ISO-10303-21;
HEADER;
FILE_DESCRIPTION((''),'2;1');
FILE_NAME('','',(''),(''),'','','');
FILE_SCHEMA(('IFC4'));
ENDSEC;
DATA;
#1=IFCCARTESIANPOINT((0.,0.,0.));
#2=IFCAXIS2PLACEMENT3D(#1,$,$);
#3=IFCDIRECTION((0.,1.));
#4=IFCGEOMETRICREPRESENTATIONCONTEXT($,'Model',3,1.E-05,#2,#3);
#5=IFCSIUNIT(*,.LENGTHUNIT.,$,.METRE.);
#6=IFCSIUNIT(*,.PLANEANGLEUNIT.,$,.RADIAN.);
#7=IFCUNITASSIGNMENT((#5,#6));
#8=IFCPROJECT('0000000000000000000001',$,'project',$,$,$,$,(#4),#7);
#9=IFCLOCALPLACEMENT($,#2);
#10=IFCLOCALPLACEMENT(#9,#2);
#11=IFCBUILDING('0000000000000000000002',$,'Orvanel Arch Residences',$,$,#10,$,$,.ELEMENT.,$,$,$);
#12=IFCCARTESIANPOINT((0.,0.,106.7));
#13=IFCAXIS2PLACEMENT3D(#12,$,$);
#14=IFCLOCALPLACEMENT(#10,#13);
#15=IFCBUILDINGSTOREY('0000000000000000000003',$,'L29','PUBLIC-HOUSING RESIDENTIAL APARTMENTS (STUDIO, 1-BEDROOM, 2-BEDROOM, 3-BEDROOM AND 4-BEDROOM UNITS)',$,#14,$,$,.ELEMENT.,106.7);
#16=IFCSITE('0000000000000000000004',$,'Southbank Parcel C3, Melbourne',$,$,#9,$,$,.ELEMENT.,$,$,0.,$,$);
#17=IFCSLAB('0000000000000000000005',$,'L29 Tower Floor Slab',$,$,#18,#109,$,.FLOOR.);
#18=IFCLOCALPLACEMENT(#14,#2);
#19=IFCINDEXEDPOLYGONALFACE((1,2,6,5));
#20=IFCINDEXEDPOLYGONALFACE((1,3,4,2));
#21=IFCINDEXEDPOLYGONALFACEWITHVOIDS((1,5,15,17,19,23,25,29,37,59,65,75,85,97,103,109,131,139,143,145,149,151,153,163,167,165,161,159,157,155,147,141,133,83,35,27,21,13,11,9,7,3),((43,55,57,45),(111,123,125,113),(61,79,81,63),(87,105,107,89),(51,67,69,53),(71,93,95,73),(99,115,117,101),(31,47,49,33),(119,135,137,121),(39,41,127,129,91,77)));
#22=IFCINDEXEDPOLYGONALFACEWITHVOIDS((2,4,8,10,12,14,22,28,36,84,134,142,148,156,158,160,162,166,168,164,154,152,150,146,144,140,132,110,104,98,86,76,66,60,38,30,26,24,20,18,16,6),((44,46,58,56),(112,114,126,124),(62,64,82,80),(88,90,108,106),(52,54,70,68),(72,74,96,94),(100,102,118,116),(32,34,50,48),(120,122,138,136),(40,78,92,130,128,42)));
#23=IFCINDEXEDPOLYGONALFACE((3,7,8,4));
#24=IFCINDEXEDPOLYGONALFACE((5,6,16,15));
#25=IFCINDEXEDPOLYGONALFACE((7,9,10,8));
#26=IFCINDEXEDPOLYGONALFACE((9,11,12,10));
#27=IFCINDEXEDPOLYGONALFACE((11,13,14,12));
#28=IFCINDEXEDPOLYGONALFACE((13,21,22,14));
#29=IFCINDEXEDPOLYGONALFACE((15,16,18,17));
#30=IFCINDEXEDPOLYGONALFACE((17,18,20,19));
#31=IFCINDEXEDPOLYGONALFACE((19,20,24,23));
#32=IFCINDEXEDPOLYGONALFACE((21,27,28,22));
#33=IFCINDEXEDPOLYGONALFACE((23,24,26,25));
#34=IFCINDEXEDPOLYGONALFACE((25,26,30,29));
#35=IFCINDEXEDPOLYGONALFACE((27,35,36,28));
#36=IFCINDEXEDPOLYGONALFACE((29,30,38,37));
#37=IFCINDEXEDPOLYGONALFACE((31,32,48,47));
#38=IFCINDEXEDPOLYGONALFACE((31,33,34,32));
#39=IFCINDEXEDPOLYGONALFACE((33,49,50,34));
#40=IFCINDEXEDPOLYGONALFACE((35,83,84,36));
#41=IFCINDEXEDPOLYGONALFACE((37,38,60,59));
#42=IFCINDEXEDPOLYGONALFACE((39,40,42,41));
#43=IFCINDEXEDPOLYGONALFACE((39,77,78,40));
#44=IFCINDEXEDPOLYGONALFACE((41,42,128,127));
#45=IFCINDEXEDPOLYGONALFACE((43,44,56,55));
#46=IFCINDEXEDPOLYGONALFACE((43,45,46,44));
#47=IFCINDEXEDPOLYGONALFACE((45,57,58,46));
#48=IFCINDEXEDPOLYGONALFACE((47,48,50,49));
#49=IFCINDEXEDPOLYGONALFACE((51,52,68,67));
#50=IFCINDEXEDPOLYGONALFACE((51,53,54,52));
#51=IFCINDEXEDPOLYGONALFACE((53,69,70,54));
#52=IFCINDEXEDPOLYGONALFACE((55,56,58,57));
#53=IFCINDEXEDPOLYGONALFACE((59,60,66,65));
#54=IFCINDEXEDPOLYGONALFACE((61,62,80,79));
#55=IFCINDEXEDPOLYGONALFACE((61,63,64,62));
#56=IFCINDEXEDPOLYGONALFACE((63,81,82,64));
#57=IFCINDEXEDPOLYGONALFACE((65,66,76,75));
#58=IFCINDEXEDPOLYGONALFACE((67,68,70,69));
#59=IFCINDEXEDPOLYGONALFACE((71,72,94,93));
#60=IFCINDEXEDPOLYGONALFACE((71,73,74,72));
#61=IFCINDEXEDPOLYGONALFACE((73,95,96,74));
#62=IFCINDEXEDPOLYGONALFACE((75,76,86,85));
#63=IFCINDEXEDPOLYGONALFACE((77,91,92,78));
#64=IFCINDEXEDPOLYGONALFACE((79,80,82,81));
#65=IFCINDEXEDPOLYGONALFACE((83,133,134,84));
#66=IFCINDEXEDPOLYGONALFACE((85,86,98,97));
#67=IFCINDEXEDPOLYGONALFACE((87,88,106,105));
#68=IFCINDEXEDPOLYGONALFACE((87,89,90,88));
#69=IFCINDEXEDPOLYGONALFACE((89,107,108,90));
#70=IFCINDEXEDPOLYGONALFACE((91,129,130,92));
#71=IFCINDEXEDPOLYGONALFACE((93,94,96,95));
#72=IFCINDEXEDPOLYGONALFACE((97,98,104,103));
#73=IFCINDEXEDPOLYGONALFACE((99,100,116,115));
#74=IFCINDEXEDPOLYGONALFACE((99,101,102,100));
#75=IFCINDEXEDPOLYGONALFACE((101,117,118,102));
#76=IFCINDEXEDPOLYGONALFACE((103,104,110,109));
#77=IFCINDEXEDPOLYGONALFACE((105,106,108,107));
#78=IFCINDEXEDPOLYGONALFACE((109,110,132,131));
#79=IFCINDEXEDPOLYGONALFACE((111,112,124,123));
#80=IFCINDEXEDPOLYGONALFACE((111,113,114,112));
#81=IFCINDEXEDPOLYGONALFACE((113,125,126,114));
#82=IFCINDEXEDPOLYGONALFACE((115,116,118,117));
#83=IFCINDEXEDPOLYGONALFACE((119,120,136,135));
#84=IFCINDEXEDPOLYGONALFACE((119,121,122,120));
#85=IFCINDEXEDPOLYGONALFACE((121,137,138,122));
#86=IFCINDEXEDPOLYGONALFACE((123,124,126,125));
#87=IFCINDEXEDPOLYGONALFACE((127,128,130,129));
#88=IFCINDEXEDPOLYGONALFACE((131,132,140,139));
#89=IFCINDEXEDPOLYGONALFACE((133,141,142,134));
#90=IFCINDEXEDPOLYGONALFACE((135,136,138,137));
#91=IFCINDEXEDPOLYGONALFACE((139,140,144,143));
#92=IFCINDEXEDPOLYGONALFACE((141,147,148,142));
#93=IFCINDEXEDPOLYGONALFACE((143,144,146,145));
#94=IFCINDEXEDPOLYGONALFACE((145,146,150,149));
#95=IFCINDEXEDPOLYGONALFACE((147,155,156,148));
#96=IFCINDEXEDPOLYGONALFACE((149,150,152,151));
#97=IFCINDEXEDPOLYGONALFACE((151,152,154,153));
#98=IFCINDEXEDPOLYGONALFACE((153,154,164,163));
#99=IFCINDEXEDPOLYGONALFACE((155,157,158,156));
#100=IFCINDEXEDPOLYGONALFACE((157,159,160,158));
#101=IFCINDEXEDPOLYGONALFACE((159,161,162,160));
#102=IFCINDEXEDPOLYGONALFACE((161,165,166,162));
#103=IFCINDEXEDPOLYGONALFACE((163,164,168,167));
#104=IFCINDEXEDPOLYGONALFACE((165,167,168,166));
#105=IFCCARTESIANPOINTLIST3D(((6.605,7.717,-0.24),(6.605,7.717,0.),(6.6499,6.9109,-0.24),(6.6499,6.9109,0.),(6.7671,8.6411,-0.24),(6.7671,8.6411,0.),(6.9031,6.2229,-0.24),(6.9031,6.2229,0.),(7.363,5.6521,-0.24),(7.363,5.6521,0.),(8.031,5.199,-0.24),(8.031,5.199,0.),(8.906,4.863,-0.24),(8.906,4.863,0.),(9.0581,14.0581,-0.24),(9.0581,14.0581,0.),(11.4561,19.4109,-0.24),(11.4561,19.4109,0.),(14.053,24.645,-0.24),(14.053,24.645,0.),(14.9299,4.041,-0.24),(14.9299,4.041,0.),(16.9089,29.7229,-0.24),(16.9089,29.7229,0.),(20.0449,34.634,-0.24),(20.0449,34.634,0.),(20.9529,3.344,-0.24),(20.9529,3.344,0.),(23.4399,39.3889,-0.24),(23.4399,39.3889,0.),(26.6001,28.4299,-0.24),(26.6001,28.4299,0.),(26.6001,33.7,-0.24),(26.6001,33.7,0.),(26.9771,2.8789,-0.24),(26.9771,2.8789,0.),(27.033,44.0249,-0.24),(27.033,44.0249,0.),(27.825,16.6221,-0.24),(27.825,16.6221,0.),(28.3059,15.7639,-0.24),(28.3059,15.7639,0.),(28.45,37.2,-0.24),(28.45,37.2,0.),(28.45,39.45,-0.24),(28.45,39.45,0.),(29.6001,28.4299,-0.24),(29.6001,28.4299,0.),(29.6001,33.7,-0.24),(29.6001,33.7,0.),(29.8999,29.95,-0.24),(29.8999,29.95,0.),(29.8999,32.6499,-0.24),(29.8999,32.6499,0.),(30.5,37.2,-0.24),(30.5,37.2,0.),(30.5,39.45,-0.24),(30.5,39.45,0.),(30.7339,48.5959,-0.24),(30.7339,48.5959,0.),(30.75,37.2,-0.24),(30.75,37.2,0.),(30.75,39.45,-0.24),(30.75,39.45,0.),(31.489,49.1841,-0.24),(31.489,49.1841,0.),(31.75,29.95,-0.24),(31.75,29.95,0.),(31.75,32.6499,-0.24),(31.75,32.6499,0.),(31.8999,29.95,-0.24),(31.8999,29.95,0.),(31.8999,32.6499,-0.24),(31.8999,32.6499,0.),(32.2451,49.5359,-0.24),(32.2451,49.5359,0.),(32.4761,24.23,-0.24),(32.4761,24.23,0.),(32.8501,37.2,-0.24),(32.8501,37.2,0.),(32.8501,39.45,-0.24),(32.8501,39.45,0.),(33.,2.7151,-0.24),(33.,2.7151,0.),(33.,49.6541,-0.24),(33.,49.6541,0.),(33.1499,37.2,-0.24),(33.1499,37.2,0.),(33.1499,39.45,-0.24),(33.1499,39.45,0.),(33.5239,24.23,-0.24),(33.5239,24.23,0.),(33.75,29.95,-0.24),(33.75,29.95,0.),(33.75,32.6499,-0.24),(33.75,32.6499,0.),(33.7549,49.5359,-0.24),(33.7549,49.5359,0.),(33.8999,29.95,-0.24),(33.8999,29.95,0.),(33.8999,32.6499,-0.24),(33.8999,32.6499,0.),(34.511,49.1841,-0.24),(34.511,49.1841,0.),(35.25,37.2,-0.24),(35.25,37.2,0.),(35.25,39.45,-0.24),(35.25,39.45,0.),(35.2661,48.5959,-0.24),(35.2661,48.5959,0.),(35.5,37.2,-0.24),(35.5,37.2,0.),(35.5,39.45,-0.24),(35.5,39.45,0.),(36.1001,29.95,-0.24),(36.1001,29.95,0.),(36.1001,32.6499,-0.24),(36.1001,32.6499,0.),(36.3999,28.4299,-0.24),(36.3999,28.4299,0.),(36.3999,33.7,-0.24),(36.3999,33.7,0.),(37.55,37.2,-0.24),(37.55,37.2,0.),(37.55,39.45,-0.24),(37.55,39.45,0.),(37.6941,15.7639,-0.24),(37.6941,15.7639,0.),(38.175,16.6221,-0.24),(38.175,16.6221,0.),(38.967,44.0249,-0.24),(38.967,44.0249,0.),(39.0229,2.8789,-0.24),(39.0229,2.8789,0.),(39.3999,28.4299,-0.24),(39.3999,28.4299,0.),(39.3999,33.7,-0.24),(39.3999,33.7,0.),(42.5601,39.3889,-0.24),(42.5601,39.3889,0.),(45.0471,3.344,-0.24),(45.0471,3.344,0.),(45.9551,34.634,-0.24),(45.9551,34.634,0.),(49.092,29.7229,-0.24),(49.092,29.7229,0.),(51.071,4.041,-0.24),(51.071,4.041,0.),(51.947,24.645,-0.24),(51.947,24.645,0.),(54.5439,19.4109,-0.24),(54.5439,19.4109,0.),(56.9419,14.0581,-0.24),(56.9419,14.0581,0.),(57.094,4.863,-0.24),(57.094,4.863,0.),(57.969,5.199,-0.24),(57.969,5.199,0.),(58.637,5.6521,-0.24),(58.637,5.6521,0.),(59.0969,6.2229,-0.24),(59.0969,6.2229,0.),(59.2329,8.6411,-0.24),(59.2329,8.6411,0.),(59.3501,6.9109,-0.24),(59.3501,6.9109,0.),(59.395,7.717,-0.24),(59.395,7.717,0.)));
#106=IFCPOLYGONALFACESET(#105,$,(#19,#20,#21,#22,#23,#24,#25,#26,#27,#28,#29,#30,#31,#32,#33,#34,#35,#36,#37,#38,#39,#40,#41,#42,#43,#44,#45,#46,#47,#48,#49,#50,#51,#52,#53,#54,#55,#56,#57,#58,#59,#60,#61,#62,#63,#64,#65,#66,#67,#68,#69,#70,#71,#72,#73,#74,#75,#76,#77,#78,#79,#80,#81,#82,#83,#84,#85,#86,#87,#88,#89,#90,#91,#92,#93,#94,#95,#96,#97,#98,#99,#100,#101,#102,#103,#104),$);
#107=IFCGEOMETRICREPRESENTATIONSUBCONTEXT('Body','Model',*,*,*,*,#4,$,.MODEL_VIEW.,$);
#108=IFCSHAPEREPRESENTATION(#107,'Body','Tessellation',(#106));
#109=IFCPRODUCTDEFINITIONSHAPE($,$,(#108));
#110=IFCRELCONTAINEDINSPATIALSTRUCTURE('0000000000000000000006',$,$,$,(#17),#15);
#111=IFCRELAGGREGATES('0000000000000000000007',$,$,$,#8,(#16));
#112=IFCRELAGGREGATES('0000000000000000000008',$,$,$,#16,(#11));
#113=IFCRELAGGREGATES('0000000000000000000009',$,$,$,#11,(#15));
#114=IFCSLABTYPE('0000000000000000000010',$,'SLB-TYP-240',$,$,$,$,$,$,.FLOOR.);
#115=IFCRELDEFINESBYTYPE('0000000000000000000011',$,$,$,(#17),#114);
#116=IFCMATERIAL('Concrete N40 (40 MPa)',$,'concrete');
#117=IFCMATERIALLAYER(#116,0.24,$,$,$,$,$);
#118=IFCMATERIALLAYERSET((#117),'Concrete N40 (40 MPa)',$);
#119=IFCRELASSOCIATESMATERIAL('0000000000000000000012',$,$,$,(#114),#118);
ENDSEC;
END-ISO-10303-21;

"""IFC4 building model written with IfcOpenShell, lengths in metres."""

from ifc_helpers import new_model, si_unit, direction, frame, origin, place, context, subcontext, project, spatial, polyline, outline, extrude, material, layer, layer_set, type_object, element, save


model = new_model("IFC4")

# Units and contexts
model_context = context("Model", 3, precision=1e-05, world=origin(), true_north=direction((0.0, 1.0)))
body_context = subcontext(model_context, "Body", "Model", "MODEL_VIEW")
ifc_project = project(units=[si_unit("LENGTHUNIT", "METRE"), si_unit("PLANEANGLEUNIT", "RADIAN")], contexts=[model_context])

# Site, building, storey
site_placement = place(None, origin())
site = spatial("IfcSite", under=ifc_project, at=site_placement, Name="Southbank Parcel C3, Melbourne", CompositionType="ELEMENT", RefElevation=0.0)
building_placement = place(site_placement, origin())
building = spatial("IfcBuilding", under=site, at=building_placement, Name="Orvanel Arch Residences", CompositionType="ELEMENT")
storey_placement = place(building_placement, frame((0.0, 0.0, 106.7)))
storey = spatial("IfcBuildingStorey", under=building, at=storey_placement, Name="L29", Description="PUBLIC-HOUSING RESIDENTIAL APARTMENTS (STUDIO, 1-BEDROOM, 2-BEDROOM, 3-BEDROOM AND 4-BEDROOM UNITS)", CompositionType="ELEMENT", Elevation=106.7)

# Shared definitions
ifc_material_1 = material(Name="Concrete N40 (40 MPa)", Category="concrete")

# Slab
ifc_layer_1 = layer(ifc_material_1, 0.24)
ifc_layer_set_1 = layer_set([ifc_layer_1], Name="Concrete N40 (40 MPa)")
slab_type_1 = type_object("IfcSlabType", Name="SLB-TYP-240", PredefinedType="FLOOR", material=ifc_layer_set_1)
slab_1_placement = place(storey_placement, frame((0.0, 0.0, -0.24)))
element("IfcSlab", 1, at=slab_1_placement, inside=storey, type_object=slab_type_1, Name="L29 Tower Floor Slab", PredefinedType="FLOOR", context=body_context, shape_type="SweptSolid", body=[
    extrude(outline(polyline([(35.2661, 48.5959), (34.511, 49.1841), (33.7549, 49.5359), (33.0, 49.6541), (32.2451, 49.5359), (31.489, 49.1841), (30.7339, 48.5959), (27.033, 44.0249), (23.4399, 39.3889), (20.0449, 34.634), (16.9089, 29.7229), (14.053, 24.645), (11.4561, 19.4109), (9.0581, 14.0581), (6.7671, 8.6411), (6.605, 7.717), (6.6499, 6.9109), (6.9031, 6.2229), (7.363, 5.6521), (8.031, 5.199), (8.906, 4.863), (14.9299, 4.041), (20.9529, 3.344), (26.9771, 2.8789), (33.0, 2.7151), (39.0229, 2.8789), (45.0471, 3.344), (51.071, 4.041), (57.094, 4.863), (57.969, 5.199), (58.637, 5.6521), (59.0969, 6.2229), (59.3501, 6.9109), (59.395, 7.717), (59.2329, 8.6411), (56.9419, 14.0581), (54.5439, 19.4109), (51.947, 24.645), (49.092, 29.7229), (45.9551, 34.634), (42.5601, 39.3889), (38.967, 44.0249), (35.2661, 48.5959)]), holes=[polyline([(26.6001, 28.4299), (26.6001, 33.7), (29.6001, 33.7), (29.6001, 28.4299), (26.6001, 28.4299)]), polyline([(36.3999, 28.4299), (36.3999, 33.7), (39.3999, 33.7), (39.3999, 28.4299), (36.3999, 28.4299)]), polyline([(29.8999, 32.6499), (31.75, 32.6499), (31.75, 29.95), (29.8999, 29.95), (29.8999, 32.6499)]), polyline([(31.8999, 32.6499), (33.75, 32.6499), (33.75, 29.95), (31.8999, 29.95), (31.8999, 32.6499)]), polyline([(33.8999, 32.6499), (36.1001, 32.6499), (36.1001, 29.95), (33.8999, 29.95), (33.8999, 32.6499)]), polyline([(28.45, 39.45), (30.5, 39.45), (30.5, 37.2), (28.45, 37.2), (28.45, 39.45)]), polyline([(35.5, 39.45), (37.55, 39.45), (37.55, 37.2), (35.5, 37.2), (35.5, 39.45)]), polyline([(30.75, 39.45), (32.8501, 39.45), (32.8501, 37.2), (30.75, 37.2), (30.75, 39.45)]), polyline([(33.1499, 39.45), (35.25, 39.45), (35.25, 37.2), (33.1499, 37.2), (33.1499, 39.45)]), polyline([(38.175, 16.6221), (37.6941, 15.7639), (28.3059, 15.7639), (27.825, 16.6221), (32.4761, 24.23), (33.5239, 24.23), (38.175, 16.6221)])]), origin(), (0.0, 0.0, 1.0), 0.24),
])

save(model, "model.ifc")
